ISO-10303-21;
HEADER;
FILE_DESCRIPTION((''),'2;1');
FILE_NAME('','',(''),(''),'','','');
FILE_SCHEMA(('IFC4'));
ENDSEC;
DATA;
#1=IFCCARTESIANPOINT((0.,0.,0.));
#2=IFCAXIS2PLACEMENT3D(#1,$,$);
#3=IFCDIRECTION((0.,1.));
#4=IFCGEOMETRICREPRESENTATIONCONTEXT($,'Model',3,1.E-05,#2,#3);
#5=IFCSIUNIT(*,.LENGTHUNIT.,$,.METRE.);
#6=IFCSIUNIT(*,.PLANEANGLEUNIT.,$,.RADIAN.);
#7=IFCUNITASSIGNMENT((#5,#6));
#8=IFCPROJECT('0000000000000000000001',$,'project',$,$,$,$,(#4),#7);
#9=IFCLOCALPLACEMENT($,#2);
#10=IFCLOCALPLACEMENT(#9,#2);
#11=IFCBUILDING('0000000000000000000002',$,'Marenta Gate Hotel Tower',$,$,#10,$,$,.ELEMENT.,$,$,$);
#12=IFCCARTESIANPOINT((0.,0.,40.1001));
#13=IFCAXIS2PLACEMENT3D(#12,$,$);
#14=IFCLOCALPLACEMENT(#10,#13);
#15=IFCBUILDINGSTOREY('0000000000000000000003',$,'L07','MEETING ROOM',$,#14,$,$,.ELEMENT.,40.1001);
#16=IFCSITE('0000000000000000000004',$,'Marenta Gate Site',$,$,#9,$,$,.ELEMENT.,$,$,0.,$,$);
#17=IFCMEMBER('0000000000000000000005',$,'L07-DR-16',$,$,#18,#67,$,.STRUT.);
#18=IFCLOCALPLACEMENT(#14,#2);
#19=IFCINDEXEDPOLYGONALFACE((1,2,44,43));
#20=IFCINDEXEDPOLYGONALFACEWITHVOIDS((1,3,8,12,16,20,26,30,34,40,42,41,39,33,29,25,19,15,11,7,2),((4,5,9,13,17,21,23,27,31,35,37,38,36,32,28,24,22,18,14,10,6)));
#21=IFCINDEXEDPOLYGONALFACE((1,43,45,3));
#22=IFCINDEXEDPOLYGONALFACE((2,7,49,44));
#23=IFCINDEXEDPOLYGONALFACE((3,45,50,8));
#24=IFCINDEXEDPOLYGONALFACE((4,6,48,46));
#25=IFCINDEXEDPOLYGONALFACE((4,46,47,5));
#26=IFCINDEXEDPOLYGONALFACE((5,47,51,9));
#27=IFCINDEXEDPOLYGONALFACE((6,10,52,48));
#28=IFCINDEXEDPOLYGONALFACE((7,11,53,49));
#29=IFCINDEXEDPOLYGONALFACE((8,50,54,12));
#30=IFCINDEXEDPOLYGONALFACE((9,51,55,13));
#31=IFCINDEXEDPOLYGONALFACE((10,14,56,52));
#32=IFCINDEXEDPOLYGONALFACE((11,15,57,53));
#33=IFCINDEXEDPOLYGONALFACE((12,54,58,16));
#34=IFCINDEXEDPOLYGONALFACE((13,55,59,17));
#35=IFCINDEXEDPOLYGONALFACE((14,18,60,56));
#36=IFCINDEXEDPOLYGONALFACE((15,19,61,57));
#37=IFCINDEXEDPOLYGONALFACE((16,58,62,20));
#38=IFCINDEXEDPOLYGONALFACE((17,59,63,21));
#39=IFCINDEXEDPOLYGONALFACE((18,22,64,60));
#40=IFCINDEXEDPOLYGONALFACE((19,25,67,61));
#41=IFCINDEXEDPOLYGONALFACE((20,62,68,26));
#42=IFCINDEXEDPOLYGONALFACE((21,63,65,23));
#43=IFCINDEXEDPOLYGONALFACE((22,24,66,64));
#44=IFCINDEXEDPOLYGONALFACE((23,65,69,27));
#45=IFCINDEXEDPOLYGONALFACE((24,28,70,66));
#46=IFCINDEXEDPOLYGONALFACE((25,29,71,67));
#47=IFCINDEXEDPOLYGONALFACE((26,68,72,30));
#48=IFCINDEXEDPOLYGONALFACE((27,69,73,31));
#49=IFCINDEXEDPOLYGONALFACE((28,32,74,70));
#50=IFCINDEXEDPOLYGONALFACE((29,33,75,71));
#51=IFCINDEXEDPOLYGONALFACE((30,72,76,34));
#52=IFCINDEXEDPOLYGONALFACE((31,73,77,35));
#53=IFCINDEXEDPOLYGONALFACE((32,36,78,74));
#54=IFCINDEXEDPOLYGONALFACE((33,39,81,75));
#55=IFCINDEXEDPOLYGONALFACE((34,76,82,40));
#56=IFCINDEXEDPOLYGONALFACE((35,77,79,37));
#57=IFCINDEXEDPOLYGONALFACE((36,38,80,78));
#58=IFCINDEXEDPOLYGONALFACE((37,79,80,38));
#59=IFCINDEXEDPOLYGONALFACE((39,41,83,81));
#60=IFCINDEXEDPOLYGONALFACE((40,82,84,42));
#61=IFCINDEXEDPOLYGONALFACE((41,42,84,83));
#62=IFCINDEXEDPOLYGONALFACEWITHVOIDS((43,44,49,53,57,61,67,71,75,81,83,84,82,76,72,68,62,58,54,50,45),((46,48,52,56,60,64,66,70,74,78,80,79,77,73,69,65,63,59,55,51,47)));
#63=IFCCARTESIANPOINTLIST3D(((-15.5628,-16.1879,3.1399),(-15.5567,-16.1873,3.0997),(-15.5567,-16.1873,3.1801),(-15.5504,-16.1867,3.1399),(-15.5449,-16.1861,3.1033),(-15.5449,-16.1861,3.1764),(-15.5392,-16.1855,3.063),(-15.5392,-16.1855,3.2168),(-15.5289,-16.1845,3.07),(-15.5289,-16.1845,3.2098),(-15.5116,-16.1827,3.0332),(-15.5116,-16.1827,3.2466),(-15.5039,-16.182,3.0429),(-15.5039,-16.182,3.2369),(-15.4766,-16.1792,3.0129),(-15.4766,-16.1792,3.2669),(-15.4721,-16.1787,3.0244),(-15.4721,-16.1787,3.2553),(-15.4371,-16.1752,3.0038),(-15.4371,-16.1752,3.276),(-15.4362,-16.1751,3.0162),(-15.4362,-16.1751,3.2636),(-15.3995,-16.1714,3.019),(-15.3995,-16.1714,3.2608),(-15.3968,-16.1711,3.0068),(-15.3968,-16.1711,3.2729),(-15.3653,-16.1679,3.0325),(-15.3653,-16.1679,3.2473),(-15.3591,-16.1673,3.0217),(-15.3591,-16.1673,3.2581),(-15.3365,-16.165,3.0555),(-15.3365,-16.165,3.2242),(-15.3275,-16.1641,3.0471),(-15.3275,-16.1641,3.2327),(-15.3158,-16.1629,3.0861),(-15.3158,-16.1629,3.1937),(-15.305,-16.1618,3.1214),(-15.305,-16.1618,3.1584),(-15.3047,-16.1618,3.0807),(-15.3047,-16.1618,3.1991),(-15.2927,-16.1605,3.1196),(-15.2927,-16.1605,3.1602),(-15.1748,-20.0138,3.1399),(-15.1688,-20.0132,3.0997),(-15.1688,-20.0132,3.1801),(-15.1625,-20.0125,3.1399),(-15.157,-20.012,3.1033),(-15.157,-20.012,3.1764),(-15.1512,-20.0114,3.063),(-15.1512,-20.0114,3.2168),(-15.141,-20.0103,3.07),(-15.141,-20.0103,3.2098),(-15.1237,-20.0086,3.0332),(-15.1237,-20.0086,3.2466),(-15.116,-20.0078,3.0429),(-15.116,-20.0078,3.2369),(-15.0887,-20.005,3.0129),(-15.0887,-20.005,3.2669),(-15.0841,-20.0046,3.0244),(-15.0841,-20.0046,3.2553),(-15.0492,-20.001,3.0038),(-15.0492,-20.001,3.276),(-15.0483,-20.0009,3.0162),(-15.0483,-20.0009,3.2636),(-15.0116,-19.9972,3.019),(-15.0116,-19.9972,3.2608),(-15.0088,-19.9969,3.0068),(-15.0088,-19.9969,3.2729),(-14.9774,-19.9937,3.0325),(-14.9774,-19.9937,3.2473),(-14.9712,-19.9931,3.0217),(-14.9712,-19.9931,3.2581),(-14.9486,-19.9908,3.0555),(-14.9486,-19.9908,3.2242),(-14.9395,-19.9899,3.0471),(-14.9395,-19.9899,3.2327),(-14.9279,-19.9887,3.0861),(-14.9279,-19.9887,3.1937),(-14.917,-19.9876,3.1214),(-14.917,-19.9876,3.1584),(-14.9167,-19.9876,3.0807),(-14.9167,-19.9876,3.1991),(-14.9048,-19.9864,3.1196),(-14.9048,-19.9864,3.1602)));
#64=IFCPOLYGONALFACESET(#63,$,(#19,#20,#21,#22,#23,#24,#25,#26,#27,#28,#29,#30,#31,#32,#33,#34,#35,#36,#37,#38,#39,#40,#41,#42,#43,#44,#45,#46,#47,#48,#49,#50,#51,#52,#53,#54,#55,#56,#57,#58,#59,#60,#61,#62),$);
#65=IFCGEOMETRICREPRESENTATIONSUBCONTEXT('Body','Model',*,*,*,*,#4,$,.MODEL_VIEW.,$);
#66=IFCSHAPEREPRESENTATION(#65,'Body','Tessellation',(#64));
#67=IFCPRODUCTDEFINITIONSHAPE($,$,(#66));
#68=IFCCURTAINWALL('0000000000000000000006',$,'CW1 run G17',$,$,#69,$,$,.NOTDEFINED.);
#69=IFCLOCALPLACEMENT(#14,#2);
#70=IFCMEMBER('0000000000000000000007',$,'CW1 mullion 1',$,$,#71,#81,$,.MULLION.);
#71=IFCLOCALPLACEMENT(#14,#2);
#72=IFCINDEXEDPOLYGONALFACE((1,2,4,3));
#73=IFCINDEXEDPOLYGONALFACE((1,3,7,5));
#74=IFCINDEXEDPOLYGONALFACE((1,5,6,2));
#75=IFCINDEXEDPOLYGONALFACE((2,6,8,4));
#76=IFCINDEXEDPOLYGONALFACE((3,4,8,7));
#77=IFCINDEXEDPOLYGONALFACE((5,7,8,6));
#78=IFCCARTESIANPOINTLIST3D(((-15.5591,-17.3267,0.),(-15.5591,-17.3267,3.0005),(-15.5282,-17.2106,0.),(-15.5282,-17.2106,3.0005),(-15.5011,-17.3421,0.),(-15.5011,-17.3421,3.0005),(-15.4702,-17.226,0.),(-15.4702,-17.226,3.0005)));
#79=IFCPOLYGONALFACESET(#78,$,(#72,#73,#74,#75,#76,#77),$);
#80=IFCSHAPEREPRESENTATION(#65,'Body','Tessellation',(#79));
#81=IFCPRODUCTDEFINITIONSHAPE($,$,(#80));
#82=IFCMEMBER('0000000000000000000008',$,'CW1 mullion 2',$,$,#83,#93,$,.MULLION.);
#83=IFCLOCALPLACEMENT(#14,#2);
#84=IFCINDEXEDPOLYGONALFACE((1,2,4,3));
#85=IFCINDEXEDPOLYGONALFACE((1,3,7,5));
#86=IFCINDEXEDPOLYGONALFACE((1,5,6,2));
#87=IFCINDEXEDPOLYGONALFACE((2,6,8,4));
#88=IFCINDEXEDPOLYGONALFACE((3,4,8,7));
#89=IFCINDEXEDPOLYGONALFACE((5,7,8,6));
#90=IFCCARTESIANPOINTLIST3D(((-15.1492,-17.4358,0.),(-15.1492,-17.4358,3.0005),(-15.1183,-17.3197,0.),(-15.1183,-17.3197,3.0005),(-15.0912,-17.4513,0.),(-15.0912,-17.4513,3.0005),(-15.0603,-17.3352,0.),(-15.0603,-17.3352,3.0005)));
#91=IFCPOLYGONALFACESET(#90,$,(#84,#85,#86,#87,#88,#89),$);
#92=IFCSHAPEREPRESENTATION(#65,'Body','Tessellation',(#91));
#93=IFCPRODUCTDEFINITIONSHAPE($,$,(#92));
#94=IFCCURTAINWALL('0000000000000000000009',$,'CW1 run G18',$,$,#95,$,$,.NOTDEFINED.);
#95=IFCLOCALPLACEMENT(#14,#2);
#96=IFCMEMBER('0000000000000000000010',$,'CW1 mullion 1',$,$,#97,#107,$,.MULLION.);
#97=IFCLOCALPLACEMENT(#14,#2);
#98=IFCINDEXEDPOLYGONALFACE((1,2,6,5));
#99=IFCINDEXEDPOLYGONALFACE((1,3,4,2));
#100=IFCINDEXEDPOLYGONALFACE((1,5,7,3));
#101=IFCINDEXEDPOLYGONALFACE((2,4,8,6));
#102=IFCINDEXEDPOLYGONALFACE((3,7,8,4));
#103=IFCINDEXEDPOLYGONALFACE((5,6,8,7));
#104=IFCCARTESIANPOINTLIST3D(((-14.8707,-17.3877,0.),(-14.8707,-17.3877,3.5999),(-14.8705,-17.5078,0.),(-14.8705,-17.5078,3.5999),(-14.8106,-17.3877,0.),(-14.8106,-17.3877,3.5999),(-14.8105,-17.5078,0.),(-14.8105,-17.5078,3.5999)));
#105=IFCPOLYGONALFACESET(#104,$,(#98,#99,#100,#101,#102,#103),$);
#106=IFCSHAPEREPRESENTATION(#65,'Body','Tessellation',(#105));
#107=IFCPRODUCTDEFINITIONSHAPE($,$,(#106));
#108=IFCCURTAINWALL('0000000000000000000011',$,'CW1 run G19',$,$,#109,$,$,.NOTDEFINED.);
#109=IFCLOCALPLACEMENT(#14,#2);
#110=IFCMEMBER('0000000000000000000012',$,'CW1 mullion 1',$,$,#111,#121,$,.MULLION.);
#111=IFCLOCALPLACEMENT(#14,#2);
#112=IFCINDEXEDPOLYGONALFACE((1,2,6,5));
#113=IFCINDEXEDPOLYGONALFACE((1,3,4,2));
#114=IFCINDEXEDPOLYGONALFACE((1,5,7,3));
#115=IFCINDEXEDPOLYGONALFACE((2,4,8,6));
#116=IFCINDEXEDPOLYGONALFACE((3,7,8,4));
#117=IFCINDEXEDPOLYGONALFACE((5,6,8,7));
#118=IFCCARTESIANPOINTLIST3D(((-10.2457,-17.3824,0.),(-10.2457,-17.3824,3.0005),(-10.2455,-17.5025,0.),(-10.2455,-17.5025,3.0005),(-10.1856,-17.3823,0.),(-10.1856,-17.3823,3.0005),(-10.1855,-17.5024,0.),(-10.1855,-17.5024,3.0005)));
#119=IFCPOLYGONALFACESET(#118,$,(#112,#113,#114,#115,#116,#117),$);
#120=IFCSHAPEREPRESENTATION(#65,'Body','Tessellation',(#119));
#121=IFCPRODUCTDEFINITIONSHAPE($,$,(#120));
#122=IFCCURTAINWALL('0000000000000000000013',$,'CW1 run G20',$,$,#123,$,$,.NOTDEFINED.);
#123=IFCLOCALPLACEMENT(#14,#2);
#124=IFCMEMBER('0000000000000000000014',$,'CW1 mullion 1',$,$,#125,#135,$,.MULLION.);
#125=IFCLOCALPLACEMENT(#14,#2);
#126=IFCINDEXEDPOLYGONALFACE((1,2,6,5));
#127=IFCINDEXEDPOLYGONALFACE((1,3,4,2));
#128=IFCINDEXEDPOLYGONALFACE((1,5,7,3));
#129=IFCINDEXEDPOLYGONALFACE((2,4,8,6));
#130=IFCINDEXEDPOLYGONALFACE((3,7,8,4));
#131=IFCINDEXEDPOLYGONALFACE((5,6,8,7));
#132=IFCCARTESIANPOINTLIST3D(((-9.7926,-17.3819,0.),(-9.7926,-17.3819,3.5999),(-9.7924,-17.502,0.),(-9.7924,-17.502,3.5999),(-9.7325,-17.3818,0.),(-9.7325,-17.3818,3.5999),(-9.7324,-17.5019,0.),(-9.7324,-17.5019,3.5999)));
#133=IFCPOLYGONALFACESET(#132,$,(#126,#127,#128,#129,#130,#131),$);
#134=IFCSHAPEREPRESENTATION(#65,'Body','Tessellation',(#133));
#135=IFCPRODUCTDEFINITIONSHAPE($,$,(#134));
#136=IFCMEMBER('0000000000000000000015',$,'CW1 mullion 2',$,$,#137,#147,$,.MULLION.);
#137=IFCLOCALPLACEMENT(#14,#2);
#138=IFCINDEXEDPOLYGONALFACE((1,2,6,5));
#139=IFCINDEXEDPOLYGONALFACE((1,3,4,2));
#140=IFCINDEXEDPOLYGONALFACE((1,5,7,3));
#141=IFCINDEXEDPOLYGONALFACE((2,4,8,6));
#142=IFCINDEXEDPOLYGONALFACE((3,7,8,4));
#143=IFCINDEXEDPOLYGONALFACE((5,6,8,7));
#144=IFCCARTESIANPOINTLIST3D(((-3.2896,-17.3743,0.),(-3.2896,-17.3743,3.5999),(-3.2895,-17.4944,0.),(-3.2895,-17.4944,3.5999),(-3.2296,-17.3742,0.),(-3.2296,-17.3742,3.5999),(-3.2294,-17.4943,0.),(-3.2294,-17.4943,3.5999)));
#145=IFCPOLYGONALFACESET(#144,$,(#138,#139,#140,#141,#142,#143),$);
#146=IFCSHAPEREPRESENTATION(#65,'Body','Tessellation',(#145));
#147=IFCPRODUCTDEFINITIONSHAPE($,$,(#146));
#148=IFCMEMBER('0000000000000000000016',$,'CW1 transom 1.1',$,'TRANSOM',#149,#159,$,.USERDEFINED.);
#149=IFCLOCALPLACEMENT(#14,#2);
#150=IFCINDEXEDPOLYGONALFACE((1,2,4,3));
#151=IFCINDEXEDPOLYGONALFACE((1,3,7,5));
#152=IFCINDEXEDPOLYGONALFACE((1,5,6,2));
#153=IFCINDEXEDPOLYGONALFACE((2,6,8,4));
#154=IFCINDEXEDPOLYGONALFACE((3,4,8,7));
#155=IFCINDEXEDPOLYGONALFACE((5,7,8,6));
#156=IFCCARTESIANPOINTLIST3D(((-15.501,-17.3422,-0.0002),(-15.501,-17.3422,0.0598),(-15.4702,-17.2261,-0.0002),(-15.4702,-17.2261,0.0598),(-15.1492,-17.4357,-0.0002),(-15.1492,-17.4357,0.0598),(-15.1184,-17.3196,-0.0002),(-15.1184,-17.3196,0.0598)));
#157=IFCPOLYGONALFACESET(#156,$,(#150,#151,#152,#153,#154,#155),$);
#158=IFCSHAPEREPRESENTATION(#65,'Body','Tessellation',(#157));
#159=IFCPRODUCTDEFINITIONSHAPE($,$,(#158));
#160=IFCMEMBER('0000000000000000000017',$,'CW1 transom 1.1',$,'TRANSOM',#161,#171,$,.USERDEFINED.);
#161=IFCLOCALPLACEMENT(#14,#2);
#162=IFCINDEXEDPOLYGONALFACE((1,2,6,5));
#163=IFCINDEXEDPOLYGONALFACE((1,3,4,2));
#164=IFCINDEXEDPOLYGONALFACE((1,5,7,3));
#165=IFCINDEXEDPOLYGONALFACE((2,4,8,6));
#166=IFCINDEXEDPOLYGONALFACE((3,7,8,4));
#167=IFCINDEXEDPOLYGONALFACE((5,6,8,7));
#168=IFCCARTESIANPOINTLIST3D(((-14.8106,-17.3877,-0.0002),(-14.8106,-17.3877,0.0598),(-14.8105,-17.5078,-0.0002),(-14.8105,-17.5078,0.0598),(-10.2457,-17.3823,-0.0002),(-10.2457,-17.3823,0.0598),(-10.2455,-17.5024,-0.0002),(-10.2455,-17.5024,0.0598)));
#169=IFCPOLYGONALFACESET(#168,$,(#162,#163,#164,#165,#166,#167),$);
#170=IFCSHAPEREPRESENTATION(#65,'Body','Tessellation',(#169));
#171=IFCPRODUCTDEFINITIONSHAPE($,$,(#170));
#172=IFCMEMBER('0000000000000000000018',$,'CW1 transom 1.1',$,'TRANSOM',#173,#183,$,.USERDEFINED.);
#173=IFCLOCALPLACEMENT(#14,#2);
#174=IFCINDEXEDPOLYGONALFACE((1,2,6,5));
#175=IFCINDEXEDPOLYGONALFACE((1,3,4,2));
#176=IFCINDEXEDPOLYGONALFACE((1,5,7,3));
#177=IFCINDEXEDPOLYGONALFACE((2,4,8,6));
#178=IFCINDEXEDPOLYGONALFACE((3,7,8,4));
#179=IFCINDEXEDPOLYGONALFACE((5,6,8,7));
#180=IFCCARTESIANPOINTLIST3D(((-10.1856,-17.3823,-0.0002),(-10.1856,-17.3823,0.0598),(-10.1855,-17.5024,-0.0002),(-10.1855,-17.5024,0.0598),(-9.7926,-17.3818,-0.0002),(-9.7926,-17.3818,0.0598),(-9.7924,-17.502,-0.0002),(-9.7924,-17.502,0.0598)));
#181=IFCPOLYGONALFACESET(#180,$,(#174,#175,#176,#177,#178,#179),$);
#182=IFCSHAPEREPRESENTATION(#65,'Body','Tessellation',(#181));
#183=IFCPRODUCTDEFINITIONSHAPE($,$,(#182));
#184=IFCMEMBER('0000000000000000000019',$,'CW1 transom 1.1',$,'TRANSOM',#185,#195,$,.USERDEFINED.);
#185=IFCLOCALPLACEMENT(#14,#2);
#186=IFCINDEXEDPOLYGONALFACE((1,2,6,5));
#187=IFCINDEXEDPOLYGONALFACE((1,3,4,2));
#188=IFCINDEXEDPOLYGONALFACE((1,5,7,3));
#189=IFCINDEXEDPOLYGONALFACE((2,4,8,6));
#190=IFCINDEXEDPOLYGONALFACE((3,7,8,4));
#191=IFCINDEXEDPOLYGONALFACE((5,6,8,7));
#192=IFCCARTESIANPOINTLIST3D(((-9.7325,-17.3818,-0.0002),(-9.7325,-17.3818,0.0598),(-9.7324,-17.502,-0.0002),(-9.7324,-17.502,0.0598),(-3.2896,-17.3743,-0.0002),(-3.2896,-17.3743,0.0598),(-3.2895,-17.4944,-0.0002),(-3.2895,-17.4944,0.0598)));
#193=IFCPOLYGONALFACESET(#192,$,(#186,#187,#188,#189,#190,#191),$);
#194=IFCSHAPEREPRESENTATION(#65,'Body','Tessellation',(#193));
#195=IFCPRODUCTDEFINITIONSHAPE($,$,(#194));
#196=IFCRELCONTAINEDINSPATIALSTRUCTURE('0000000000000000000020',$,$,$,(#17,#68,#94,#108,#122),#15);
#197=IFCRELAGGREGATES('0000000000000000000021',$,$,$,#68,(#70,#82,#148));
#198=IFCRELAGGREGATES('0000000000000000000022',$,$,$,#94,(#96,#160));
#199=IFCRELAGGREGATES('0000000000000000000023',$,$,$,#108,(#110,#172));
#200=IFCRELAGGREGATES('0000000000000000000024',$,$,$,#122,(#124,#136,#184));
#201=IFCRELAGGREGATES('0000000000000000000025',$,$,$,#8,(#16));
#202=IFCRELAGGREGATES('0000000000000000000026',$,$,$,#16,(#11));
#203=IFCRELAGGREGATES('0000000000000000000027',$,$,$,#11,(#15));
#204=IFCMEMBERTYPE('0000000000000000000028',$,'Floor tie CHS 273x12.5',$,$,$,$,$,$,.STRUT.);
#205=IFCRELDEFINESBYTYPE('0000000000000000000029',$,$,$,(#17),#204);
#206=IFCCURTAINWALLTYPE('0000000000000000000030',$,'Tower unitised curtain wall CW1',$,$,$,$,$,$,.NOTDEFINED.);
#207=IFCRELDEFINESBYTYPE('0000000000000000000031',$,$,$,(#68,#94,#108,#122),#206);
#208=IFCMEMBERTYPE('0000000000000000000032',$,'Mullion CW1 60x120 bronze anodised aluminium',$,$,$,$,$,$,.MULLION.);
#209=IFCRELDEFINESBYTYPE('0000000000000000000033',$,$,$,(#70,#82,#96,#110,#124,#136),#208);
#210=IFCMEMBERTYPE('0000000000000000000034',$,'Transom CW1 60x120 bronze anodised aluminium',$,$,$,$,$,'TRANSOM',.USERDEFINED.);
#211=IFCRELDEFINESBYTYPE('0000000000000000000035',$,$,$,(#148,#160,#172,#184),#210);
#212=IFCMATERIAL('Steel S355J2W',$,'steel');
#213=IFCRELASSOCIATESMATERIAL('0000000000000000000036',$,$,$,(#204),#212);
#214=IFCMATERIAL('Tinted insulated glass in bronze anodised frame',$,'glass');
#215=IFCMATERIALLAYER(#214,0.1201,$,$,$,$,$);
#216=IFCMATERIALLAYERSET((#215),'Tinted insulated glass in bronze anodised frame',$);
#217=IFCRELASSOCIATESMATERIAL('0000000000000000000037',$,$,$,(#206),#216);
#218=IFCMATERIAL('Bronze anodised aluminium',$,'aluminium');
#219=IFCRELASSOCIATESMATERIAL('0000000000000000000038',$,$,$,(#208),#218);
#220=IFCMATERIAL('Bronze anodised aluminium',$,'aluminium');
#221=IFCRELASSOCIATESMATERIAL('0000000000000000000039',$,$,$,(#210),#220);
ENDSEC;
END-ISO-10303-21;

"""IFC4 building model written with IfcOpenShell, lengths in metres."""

from ifc_helpers import new_model, si_unit, direction, frame, origin, origin_2d, place, context, subcontext, project, spatial, rectangle, hollow_circle, extrude, material, layer, layer_set, material_profile, profile_set, type_object, element, aggregate, save


model = new_model("IFC4")

# Units and contexts
model_context = context("Model", 3, precision=1e-05, world=origin(), true_north=direction((0.0, 1.0)))
body_context = subcontext(model_context, "Body", "Model", "MODEL_VIEW")
ifc_project = project(units=[si_unit("LENGTHUNIT", "METRE"), si_unit("PLANEANGLEUNIT", "RADIAN")], contexts=[model_context])

# Site, building, storey
site_placement = place(None, origin())
site = spatial("IfcSite", under=ifc_project, at=site_placement, Name="Marenta Gate Site", CompositionType="ELEMENT", RefElevation=0.0)
building_placement = place(site_placement, origin())
building = spatial("IfcBuilding", under=site, at=building_placement, Name="Marenta Gate Hotel Tower", CompositionType="ELEMENT")
storey_placement = place(building_placement, frame((0.0, 0.0, 40.1001)))
storey = spatial("IfcBuildingStorey", under=building, at=storey_placement, Name="L07", Description="MEETING ROOM", CompositionType="ELEMENT", Elevation=40.1001)

# Member
ifc_material_1 = material(Name="Steel S355J2W", Category="steel")
ifc_material_profile_1 = material_profile(ifc_material_1, hollow_circle(Radius=0.1365, WallThickness=0.0125, at=origin_2d()), Name="CHS 273x12.5")
ifc_profile_set_1 = profile_set([ifc_material_profile_1], Name="Steel S355J2W")
member_type_1 = type_object("IfcMemberType", Name="Floor tie CHS 273x12.5", PredefinedType="STRUT", material=ifc_profile_set_1)
member_1_placement = place(storey_placement, frame((-15.0391, -20.0, 3.1399), z_axis=(-0.10088, 0.994899, 0.0), x_axis=(-0.994899, -0.10088, 0.0)))
element("IfcMember", 1, at=member_1_placement, inside=storey, type_object=member_type_1, Name="L07-DR-16", PredefinedType="STRUT", context=body_context, shape_type="SweptSolid", body=[
    extrude(hollow_circle(Radius=0.1365, WallThickness=0.0125, at=origin_2d()), origin(), (0.0, 0.0, 1.0), 3.8455),
])

# Curtain wall, members
ifc_material_2 = material(Name="Tinted insulated glass in bronze anodised frame", Category="glass")
ifc_layer_1 = layer(ifc_material_2, 0.1201)
ifc_layer_set_1 = layer_set([ifc_layer_1], Name="Tinted insulated glass in bronze anodised frame")
curtain_wall_type = type_object("IfcCurtainWallType", Name="Tower unitised curtain wall CW1", PredefinedType="NOTDEFINED", material=ifc_layer_set_1)
curtain_wall_1_placement = place(storey_placement, origin())
curtain_wall_1 = element("IfcCurtainWall", 2, at=curtain_wall_1_placement, inside=storey, type_object=curtain_wall_type, Name="CW1 run G17", PredefinedType="NOTDEFINED")
ifc_material_3 = material(Name="Bronze anodised aluminium", Category="aluminium")
ifc_material_profile_2 = material_profile(ifc_material_3, rectangle(XDim=0.1201, YDim=0.0601, at=origin_2d()), Name="Mullion CW1 60x120 bronze anodised aluminium")
ifc_profile_set_2 = profile_set([ifc_material_profile_2], Name="Bronze anodised aluminium")
member_type_2 = type_object("IfcMemberType", Name="Mullion CW1 60x120 bronze anodised aluminium", PredefinedType="MULLION", material=ifc_profile_set_2)
member_2_placement = place(storey_placement, frame((-15.5146, -17.2764, 0.0), z_axis=(0.0, 0.0, 1.0), x_axis=(0.257084, 0.966389, 0.0)))
member_2 = element("IfcMember", 3, at=member_2_placement, type_object=member_type_2, Name="CW1 mullion 1", PredefinedType="MULLION", context=body_context, shape_type="SweptSolid", body=[
    extrude(rectangle(XDim=0.1201, YDim=0.0601, at=origin_2d()), origin(), (0.0, 0.0, 1.0), 3.0005),
])
member_3_placement = place(storey_placement, frame((-15.1047, -17.3855, 0.0), z_axis=(0.0, 0.0, 1.0), x_axis=(0.257084, 0.966389, 0.0)))
member_3 = element("IfcMember", 4, at=member_3_placement, type_object=member_type_2, Name="CW1 mullion 2", PredefinedType="MULLION", context=body_context, shape_type="SweptSolid", body=[
    extrude(rectangle(XDim=0.1201, YDim=0.0601, at=origin_2d()), origin(), (0.0, 0.0, 1.0), 3.0005),
])

# Curtain walls, members
curtain_wall_2_placement = place(storey_placement, origin())
curtain_wall_2 = element("IfcCurtainWall", 5, at=curtain_wall_2_placement, inside=storey, type_object=curtain_wall_type, Name="CW1 run G18", PredefinedType="NOTDEFINED")
member_4_placement = place(storey_placement, frame((-14.8406, -17.4478, 0.0), z_axis=(0.0, 0.0, 1.0), x_axis=(-0.001168, 0.999999, 0.0)))
member_4 = element("IfcMember", 6, at=member_4_placement, type_object=member_type_2, Name="CW1 mullion 1", PredefinedType="MULLION", context=body_context, shape_type="SweptSolid", body=[
    extrude(rectangle(XDim=0.1201, YDim=0.0601, at=origin_2d()), origin(), (0.0, 0.0, 1.0), 3.5999),
])
curtain_wall_3_placement = place(storey_placement, origin())
curtain_wall_3 = element("IfcCurtainWall", 7, at=curtain_wall_3_placement, inside=storey, type_object=curtain_wall_type, Name="CW1 run G19", PredefinedType="NOTDEFINED")
member_5_placement = place(storey_placement, frame((-10.2156, -17.4424, 0.0), z_axis=(0.0, 0.0, 1.0), x_axis=(-0.001104, 0.999999, 0.0)))
member_5 = element("IfcMember", 8, at=member_5_placement, type_object=member_type_2, Name="CW1 mullion 1", PredefinedType="MULLION", context=body_context, shape_type="SweptSolid", body=[
    extrude(rectangle(XDim=0.1201, YDim=0.0601, at=origin_2d()), origin(), (0.0, 0.0, 1.0), 3.0005),
])

# Curtain wall, members
curtain_wall_4_placement = place(storey_placement, origin())
curtain_wall_4 = element("IfcCurtainWall", 9, at=curtain_wall_4_placement, inside=storey, type_object=curtain_wall_type, Name="CW1 run G20", PredefinedType="NOTDEFINED")
member_6_placement = place(storey_placement, frame((-9.7625, -17.4419, 0.0), z_axis=(0.0, 0.0, 1.0), x_axis=(-0.001163, 0.999999, 0.0)))
member_6 = element("IfcMember", 10, at=member_6_placement, type_object=member_type_2, Name="CW1 mullion 1", PredefinedType="MULLION", context=body_context, shape_type="SweptSolid", body=[
    extrude(rectangle(XDim=0.1201, YDim=0.0601, at=origin_2d()), origin(), (0.0, 0.0, 1.0), 3.5999),
])
member_7_placement = place(storey_placement, frame((-3.2595, -17.4343, 0.0), z_axis=(0.0, 0.0, 1.0), x_axis=(-0.001163, 0.999999, 0.0)))
member_7 = element("IfcMember", 11, at=member_7_placement, type_object=member_type_2, Name="CW1 mullion 2", PredefinedType="MULLION", context=body_context, shape_type="SweptSolid", body=[
    extrude(rectangle(XDim=0.1201, YDim=0.0601, at=origin_2d()), origin(), (0.0, 0.0, 1.0), 3.5999),
])

# Members
ifc_material_4 = material(Name="Bronze anodised aluminium", Category="aluminium")
ifc_material_profile_3 = material_profile(ifc_material_4, rectangle(XDim=0.1201, YDim=0.0601, at=origin_2d()), Name="Transom CW1 60x120 bronze anodised aluminium")
ifc_profile_set_3 = profile_set([ifc_material_profile_3], Name="Bronze anodised aluminium")
member_type_3 = type_object("IfcMemberType", Name="Transom CW1 60x120 bronze anodised aluminium", ElementType="TRANSOM", PredefinedType="USERDEFINED", material=ifc_profile_set_3)
member_8_placement = place(storey_placement, frame((-15.4856, -17.2842, 0.0298), z_axis=(0.966446, -0.256869, 0.0), x_axis=(0.256869, 0.966446, 0.0)))
member_8 = element("IfcMember", 12, at=member_8_placement, type_object=member_type_3, Name="CW1 transom 1.1", ObjectType="TRANSOM", PredefinedType="USERDEFINED", context=body_context, shape_type="SweptSolid", body=[
    extrude(rectangle(XDim=0.1201, YDim=0.0601, at=origin_2d()), origin(), (0.0, 0.0, 1.0), 0.364),
])
member_9_placement = place(storey_placement, frame((-14.8105, -17.4478, 0.0298), z_axis=(0.999999, 0.001177, 0.0), x_axis=(-0.001177, 0.999999, 0.0)))
member_9 = element("IfcMember", 13, at=member_9_placement, type_object=member_type_3, Name="CW1 transom 1.1", ObjectType="TRANSOM", PredefinedType="USERDEFINED", context=body_context, shape_type="SweptSolid", body=[
    extrude(rectangle(XDim=0.1201, YDim=0.0601, at=origin_2d()), origin(), (0.0, 0.0, 1.0), 4.5649),
])
member_10_placement = place(storey_placement, frame((-10.1855, -17.4424, 0.0298), z_axis=(0.999999, 0.001242, 0.0), x_axis=(-0.001242, 0.999999, 0.0)))
member_10 = element("IfcMember", 14, at=member_10_placement, type_object=member_type_3, Name="CW1 transom 1.1", ObjectType="TRANSOM", PredefinedType="USERDEFINED", context=body_context, shape_type="SweptSolid", body=[
    extrude(rectangle(XDim=0.1201, YDim=0.0601, at=origin_2d()), origin(), (0.0, 0.0, 1.0), 0.3931),
])
member_11_placement = place(storey_placement, frame((-9.7324, -17.4419, 0.0298), z_axis=(0.999999, 0.001175, 0.0), x_axis=(-0.001175, 0.999999, 0.0)))
member_11 = element("IfcMember", 15, at=member_11_placement, type_object=member_type_3, Name="CW1 transom 1.1", ObjectType="TRANSOM", PredefinedType="USERDEFINED", context=body_context, shape_type="SweptSolid", body=[
    extrude(rectangle(XDim=0.1201, YDim=0.0601, at=origin_2d()), origin(), (0.0, 0.0, 1.0), 6.4429),
])

aggregate(curtain_wall_1, [member_2, member_3, member_8])
aggregate(curtain_wall_2, [member_4, member_9])
aggregate(curtain_wall_3, [member_5, member_10])
aggregate(curtain_wall_4, [member_6, member_7, member_11])

save(model, "model.ifc")
